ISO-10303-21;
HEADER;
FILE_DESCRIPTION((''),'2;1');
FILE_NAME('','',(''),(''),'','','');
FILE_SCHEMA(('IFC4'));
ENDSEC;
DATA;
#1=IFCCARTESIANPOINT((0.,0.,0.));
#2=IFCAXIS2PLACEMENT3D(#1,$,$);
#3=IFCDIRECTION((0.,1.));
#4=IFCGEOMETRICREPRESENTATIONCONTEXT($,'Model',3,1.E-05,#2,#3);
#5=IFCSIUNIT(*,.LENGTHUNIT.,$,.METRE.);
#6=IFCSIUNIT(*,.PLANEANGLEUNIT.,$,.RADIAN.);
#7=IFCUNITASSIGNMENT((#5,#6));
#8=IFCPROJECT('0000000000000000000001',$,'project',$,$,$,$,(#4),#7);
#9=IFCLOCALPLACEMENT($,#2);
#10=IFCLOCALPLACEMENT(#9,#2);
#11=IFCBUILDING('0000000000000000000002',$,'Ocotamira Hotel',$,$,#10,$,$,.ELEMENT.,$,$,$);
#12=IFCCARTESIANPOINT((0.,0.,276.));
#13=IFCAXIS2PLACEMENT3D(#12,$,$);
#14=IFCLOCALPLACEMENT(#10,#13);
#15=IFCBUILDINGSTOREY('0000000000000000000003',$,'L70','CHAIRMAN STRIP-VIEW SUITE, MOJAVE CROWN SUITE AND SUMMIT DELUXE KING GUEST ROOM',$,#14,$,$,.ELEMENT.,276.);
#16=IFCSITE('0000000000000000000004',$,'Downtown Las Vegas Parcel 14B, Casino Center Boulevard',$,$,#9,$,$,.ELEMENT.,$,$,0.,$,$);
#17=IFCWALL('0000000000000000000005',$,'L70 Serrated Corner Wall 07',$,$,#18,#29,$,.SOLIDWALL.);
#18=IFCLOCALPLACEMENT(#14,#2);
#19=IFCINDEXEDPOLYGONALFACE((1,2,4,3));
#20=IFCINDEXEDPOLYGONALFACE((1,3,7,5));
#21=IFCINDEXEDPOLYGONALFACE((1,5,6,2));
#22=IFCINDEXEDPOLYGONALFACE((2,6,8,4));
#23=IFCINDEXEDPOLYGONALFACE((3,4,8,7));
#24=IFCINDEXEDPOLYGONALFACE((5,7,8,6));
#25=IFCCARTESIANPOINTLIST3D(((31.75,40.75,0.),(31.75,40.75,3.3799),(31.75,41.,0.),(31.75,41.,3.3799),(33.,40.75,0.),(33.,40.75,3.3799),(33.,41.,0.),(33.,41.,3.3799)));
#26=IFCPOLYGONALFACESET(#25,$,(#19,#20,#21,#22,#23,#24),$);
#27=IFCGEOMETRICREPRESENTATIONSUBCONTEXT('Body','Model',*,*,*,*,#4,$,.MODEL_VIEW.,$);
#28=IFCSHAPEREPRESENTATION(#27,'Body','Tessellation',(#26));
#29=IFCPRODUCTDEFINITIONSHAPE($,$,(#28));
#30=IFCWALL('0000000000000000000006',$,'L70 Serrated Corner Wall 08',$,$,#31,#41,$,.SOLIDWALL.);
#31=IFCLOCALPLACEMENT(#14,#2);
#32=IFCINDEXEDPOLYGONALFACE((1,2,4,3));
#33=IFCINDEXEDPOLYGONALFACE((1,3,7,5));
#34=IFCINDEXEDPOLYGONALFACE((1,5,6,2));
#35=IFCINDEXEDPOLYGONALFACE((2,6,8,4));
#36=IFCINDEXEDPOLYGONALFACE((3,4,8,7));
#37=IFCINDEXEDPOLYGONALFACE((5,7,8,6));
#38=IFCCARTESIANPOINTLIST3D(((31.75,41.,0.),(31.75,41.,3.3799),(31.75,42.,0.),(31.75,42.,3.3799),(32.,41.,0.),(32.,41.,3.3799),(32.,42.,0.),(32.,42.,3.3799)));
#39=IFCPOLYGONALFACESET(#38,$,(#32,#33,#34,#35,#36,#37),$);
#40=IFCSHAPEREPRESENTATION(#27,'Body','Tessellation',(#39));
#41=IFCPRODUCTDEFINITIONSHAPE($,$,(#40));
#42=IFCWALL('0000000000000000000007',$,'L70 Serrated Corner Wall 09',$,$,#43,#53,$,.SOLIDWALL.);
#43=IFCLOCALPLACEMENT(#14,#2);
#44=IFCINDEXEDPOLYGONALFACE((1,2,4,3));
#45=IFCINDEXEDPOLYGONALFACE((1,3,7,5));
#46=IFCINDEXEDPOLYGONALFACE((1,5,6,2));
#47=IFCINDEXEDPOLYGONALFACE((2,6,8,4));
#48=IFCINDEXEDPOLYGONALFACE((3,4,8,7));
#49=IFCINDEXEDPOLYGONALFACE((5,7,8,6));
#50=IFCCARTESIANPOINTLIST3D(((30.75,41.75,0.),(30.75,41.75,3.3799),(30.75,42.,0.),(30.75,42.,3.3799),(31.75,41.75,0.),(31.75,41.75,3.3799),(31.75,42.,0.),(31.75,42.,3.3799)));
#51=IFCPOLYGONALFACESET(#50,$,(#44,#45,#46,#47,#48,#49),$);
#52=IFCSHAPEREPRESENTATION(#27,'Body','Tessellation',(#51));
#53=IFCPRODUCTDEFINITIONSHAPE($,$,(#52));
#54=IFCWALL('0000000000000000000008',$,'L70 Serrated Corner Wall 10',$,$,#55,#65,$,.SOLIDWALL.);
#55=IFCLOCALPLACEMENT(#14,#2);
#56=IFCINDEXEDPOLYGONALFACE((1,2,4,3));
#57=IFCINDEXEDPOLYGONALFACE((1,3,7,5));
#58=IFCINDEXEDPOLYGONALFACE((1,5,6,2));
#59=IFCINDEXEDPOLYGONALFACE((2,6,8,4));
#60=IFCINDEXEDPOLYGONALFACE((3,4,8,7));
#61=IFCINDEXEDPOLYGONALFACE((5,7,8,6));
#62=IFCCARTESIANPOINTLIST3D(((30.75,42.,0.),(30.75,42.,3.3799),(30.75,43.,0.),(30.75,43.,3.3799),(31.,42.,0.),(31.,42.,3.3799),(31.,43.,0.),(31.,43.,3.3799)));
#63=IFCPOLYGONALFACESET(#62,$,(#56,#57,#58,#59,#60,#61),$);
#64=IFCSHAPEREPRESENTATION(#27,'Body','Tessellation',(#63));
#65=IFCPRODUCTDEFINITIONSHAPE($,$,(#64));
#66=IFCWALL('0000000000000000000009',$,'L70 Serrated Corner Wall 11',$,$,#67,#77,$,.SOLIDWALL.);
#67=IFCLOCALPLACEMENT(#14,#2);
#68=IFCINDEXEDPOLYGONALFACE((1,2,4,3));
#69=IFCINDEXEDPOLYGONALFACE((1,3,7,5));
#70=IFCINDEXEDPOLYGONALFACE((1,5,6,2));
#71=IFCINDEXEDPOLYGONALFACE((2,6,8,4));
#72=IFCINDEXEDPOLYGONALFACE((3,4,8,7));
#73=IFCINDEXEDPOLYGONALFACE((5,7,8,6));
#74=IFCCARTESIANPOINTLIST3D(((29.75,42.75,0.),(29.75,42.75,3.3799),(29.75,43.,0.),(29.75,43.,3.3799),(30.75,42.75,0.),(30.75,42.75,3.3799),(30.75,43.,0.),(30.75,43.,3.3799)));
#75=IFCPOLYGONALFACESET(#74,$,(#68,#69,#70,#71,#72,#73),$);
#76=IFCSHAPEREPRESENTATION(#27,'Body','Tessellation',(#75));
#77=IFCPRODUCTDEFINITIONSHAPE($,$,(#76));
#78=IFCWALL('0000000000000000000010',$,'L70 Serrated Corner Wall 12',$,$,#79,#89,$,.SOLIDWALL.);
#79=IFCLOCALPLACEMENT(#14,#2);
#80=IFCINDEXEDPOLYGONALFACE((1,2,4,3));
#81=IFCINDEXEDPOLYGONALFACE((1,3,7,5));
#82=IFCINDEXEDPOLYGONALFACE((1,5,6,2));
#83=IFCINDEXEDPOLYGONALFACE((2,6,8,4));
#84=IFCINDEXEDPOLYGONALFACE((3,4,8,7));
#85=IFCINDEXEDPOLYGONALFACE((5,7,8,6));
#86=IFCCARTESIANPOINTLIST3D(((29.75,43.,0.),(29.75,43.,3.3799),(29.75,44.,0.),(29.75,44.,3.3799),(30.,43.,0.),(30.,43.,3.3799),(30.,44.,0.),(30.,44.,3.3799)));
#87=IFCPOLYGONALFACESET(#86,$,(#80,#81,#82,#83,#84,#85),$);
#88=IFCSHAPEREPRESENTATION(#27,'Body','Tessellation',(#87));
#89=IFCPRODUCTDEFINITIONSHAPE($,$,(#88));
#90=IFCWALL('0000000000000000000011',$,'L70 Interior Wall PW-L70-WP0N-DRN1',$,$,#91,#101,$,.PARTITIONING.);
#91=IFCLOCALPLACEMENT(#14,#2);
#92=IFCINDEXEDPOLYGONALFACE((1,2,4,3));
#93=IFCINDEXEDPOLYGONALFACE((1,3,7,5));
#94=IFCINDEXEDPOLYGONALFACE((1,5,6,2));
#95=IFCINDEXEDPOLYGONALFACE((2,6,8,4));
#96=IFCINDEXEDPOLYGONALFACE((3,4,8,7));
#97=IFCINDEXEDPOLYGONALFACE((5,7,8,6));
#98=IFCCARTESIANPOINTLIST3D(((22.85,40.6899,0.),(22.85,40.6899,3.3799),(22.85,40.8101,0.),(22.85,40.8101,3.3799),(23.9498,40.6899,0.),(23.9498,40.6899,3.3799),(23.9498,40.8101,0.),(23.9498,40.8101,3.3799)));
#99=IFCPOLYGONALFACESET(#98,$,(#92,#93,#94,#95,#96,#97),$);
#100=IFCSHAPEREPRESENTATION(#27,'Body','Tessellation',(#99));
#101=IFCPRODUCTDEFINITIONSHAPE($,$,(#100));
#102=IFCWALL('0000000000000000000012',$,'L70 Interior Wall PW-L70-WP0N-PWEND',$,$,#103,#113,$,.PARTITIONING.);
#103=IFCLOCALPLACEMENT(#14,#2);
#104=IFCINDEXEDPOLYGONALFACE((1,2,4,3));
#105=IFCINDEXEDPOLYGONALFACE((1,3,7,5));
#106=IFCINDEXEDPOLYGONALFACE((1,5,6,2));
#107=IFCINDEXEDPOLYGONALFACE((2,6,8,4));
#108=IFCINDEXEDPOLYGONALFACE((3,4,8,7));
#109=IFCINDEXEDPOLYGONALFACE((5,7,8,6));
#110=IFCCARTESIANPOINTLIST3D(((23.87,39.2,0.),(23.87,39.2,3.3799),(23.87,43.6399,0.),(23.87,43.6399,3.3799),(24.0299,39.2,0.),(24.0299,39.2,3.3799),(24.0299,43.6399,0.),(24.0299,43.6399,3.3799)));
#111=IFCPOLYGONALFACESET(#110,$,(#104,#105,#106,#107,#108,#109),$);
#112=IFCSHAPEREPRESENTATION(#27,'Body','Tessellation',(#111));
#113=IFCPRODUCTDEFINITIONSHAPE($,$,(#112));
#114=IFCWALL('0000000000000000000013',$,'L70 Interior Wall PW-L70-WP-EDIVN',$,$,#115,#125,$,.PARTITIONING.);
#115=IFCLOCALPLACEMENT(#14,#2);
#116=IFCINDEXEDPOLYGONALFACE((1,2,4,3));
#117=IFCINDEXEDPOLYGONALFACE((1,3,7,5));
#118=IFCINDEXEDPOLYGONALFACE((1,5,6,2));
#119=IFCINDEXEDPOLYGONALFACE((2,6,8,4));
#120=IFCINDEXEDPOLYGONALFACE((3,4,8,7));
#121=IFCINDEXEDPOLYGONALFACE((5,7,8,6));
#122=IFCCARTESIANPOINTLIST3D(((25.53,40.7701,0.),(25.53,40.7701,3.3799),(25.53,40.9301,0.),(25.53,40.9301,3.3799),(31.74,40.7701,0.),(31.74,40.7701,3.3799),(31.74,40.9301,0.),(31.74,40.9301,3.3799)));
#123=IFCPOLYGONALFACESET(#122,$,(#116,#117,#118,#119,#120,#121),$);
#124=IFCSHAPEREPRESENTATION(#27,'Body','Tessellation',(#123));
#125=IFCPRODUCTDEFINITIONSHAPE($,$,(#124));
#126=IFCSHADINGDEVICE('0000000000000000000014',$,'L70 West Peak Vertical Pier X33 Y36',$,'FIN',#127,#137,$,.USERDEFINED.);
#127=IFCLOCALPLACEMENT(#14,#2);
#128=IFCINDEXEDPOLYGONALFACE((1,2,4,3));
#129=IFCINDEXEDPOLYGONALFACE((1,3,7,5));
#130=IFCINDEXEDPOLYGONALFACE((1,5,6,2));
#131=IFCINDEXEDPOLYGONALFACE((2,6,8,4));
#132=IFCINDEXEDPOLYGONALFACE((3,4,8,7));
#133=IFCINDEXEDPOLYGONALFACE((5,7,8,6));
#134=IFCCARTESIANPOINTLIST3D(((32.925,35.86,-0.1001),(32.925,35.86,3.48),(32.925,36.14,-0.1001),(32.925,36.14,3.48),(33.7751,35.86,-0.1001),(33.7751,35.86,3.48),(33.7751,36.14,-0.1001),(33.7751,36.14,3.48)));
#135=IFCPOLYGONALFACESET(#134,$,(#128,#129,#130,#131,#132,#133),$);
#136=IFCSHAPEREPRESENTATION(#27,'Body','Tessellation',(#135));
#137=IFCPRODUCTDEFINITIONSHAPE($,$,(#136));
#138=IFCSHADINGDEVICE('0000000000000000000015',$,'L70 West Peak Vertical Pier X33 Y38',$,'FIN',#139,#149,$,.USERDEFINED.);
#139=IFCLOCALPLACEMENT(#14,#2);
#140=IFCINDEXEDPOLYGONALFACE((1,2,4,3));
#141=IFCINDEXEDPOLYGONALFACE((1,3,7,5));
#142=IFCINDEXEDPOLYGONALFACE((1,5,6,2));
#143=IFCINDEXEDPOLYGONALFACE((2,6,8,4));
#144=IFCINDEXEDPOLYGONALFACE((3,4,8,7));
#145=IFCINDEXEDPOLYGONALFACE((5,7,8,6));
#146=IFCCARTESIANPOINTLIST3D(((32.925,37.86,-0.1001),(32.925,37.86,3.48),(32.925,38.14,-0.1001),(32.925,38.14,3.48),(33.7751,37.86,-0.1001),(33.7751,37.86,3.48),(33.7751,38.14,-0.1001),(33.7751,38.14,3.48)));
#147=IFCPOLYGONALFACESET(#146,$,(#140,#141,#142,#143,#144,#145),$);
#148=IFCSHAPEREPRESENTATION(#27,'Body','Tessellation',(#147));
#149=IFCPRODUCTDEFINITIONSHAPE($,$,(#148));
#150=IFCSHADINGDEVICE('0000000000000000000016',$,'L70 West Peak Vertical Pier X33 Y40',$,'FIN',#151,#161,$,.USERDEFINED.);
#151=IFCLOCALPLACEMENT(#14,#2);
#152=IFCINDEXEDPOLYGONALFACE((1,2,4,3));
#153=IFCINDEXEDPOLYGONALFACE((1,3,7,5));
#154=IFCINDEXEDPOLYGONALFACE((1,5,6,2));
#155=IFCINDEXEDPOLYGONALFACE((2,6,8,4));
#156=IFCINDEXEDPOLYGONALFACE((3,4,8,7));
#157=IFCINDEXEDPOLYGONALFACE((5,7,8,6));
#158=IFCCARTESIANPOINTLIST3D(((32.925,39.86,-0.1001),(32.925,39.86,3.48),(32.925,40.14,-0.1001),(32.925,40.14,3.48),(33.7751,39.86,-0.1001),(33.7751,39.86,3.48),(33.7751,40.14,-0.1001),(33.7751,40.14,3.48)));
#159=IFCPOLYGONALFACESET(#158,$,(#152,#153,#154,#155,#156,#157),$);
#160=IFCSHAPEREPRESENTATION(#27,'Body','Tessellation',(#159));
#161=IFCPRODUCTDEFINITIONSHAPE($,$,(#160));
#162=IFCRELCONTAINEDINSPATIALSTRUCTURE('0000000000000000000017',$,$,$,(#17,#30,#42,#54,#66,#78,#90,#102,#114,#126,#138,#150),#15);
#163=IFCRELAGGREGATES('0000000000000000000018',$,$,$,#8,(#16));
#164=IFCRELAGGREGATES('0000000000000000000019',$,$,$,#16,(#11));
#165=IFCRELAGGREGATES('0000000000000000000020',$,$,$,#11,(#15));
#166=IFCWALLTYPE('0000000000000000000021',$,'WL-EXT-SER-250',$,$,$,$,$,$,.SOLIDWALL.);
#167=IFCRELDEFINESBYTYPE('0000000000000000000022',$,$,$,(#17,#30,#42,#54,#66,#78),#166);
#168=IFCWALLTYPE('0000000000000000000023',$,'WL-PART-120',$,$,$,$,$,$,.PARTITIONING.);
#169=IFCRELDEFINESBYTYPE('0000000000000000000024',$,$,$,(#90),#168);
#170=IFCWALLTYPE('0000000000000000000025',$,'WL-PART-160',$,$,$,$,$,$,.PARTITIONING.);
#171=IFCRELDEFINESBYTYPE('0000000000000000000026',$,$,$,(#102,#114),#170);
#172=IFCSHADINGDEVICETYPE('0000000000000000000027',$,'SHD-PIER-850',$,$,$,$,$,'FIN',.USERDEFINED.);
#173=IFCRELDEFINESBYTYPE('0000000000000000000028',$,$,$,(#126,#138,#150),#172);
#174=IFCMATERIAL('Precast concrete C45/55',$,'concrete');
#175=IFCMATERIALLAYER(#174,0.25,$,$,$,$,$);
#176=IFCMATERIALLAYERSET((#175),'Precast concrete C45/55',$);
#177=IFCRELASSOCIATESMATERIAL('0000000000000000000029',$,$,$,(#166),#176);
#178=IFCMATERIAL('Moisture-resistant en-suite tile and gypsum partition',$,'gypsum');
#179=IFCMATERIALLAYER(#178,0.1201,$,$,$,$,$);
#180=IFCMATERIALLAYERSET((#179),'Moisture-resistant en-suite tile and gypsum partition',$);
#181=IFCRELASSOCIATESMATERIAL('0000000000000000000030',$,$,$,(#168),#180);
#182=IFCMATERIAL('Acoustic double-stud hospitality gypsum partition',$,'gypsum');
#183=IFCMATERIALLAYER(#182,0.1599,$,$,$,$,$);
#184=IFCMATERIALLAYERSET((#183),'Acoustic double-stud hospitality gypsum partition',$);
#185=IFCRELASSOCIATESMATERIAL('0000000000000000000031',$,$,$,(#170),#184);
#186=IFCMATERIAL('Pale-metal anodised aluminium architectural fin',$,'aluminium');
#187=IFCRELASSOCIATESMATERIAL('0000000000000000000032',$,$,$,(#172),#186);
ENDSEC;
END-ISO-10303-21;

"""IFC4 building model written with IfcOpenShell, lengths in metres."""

from ifc_helpers import new_model, si_unit, direction, frame, frame_2d, origin, origin_2d, place, context, subcontext, project, spatial, rectangle, extrude, source, transform, mapped, material, layer, layer_set, type_object, element, save


model = new_model("IFC4")

# Units and contexts
model_context = context("Model", 3, precision=1e-05, world=origin(), true_north=direction((0.0, 1.0)))
body_context = subcontext(model_context, "Body", "Model", "MODEL_VIEW")
ifc_project = project(units=[si_unit("LENGTHUNIT", "METRE"), si_unit("PLANEANGLEUNIT", "RADIAN")], contexts=[model_context])

# Site, building, storey
site_placement = place(None, origin())
site = spatial("IfcSite", under=ifc_project, at=site_placement, Name="Downtown Las Vegas Parcel 14B, Casino Center Boulevard", CompositionType="ELEMENT", RefElevation=0.0)
building_placement = place(site_placement, origin())
building = spatial("IfcBuilding", under=site, at=building_placement, Name="Ocotamira Hotel", CompositionType="ELEMENT")
storey_placement = place(building_placement, frame((0.0, 0.0, 276.0)))
storey = spatial("IfcBuildingStorey", under=building, at=storey_placement, Name="L70", Description="CHAIRMAN STRIP-VIEW SUITE, MOJAVE CROWN SUITE AND SUMMIT DELUXE KING GUEST ROOM", CompositionType="ELEMENT", Elevation=276.0)

# Walls
ifc_material_1 = material(Name="Precast concrete C45/55", Category="concrete")
ifc_layer_1 = layer(ifc_material_1, 0.25)
ifc_layer_set_1 = layer_set([ifc_layer_1], Name="Precast concrete C45/55")
wall_type_1 = type_object("IfcWallType", Name="WL-EXT-SER-250", PredefinedType="SOLIDWALL", material=ifc_layer_set_1)
wall_1_placement = place(storey_placement, frame((33.0, 40.875, 0.0), z_axis=(0.0, 0.0, 1.0), x_axis=(-1.0, 0.0, 0.0)))
element("IfcWall", 1, at=wall_1_placement, inside=storey, type_object=wall_type_1, Name="L70 Serrated Corner Wall 07", PredefinedType="SOLIDWALL", context=body_context, shape_type="SweptSolid", body=[
    extrude(rectangle(XDim=1.25, YDim=0.25, at=frame_2d((0.625, 0.0))), origin(), (0.0, 0.0, 1.0), 3.3799),
])
for number, where, z_axis, x_axis, name in (
    (2, (31.875, 41.0, 0.0), (0.0, 0.0, 1.0), (0.0, 1.0, 0.0), "L70 Serrated Corner Wall 08"),
    (3, (31.75, 41.875, 0.0), (0.0, 0.0, 1.0), (-1.0, 0.0, 0.0), "L70 Serrated Corner Wall 09"),
    (4, (30.875, 42.0, 0.0), (0.0, 0.0, 1.0), (0.0, 1.0, 0.0), "L70 Serrated Corner Wall 10"),
    (5, (30.75, 42.875, 0.0), (0.0, 0.0, 1.0), (-1.0, 0.0, 0.0), "L70 Serrated Corner Wall 11"),
    (6, (29.875, 43.0, 0.0), (0.0, 0.0, 1.0), (0.0, 1.0, 0.0), "L70 Serrated Corner Wall 12"),
):
    element("IfcWall", number, at=place(storey_placement, frame(where, z_axis=z_axis, x_axis=x_axis)), inside=storey, type_object=wall_type_1, Name=name, PredefinedType="SOLIDWALL", context=body_context, shape_type="SweptSolid", body=[
        extrude(rectangle(XDim=1.0, YDim=0.25, at=frame_2d((0.5, 0.0))), origin(), (0.0, 0.0, 1.0), 3.3799),
    ])
ifc_material_2 = material(Name="Moisture-resistant en-suite tile and gypsum partition", Category="gypsum")
ifc_layer_2 = layer(ifc_material_2, 0.1201)
ifc_layer_set_2 = layer_set([ifc_layer_2], Name="Moisture-resistant en-suite tile and gypsum partition")
wall_type_2 = type_object("IfcWallType", Name="WL-PART-120", PredefinedType="PARTITIONING", material=ifc_layer_set_2)
wall_2_placement = place(storey_placement, frame((22.8501, 40.75, 0.0), z_axis=(0.0, 0.0, 1.0), x_axis=(1.0, 0.0, 0.0)))
element("IfcWall", 7, at=wall_2_placement, inside=storey, type_object=wall_type_2, Name="L70 Interior Wall PW-L70-WP0N-DRN1", PredefinedType="PARTITIONING", context=body_context, shape_type="SweptSolid", body=[
    extrude(rectangle(XDim=1.0999, YDim=0.1201, at=frame_2d((0.5498, 0.0))), origin(), (0.0, 0.0, 1.0), 3.3799),
])
ifc_material_3 = material(Name="Acoustic double-stud hospitality gypsum partition", Category="gypsum")
ifc_layer_3 = layer(ifc_material_3, 0.1599)
ifc_layer_set_3 = layer_set([ifc_layer_3], Name="Acoustic double-stud hospitality gypsum partition")
wall_type_3 = type_object("IfcWallType", Name="WL-PART-160", PredefinedType="PARTITIONING", material=ifc_layer_set_3)
wall_3_placement = place(storey_placement, frame((23.95, 39.2, 0.0), z_axis=(0.0, 0.0, 1.0), x_axis=(0.0, 1.0, 0.0)))
element("IfcWall", 8, at=wall_3_placement, inside=storey, type_object=wall_type_3, Name="L70 Interior Wall PW-L70-WP0N-PWEND", PredefinedType="PARTITIONING", context=body_context, shape_type="SweptSolid", body=[
    extrude(rectangle(XDim=4.4399, YDim=0.1599, at=frame_2d((2.22, 0.0))), origin(), (0.0, 0.0, 1.0), 3.3799),
])
wall_4_placement = place(storey_placement, frame((25.53, 40.8501, 0.0), z_axis=(0.0, 0.0, 1.0), x_axis=(1.0, 0.0, 0.0)))
element("IfcWall", 9, at=wall_4_placement, inside=storey, type_object=wall_type_3, Name="L70 Interior Wall PW-L70-WP-EDIVN", PredefinedType="PARTITIONING", context=body_context, shape_type="SweptSolid", body=[
    extrude(rectangle(XDim=6.21, YDim=0.1599, at=frame_2d((3.105, 0.0))), origin(), (0.0, 0.0, 1.0), 3.3799),
])

# Shading devices
ifc_material_4 = material(Name="Pale-metal anodised aluminium architectural fin", Category="aluminium")
shading_device_type = type_object("IfcShadingDeviceType", Name="SHD-PIER-850", ElementType="FIN", PredefinedType="USERDEFINED", material=ifc_material_4)
shared_shape_1 = source(origin(), body_context, "Body", "SweptSolid", [
    extrude(rectangle(XDim=0.8501, YDim=0.28, at=origin_2d()), origin(), (0.0, 0.0, 1.0), 3.5801),
])
for number, where, z_axis, x_axis, name in (
    (10, (33.3501, 36.0, -0.1001), (0.0, 0.0, 1.0), (1.0, 0.0, 0.0), "L70 West Peak Vertical Pier X33 Y36"),
    (11, (33.3501, 38.0, -0.1001), (0.0, 0.0, 1.0), (1.0, 0.0, 0.0), "L70 West Peak Vertical Pier X33 Y38"),
    (12, (33.3501, 40.0, -0.1001), (0.0, 0.0, 1.0), (1.0, 0.0, 0.0), "L70 West Peak Vertical Pier X33 Y40"),
):
    element("IfcShadingDevice", number, at=place(storey_placement, frame(where, z_axis=z_axis, x_axis=x_axis)), inside=storey, type_object=shading_device_type, Name=name, ObjectType="FIN", PredefinedType="USERDEFINED", context=body_context, shape_type="MappedRepresentation", body=[
        mapped(shared_shape_1, transform((0.0, 0.0, 0.0), scale=1.0)),
    ])

save(model, "model.ifc")
